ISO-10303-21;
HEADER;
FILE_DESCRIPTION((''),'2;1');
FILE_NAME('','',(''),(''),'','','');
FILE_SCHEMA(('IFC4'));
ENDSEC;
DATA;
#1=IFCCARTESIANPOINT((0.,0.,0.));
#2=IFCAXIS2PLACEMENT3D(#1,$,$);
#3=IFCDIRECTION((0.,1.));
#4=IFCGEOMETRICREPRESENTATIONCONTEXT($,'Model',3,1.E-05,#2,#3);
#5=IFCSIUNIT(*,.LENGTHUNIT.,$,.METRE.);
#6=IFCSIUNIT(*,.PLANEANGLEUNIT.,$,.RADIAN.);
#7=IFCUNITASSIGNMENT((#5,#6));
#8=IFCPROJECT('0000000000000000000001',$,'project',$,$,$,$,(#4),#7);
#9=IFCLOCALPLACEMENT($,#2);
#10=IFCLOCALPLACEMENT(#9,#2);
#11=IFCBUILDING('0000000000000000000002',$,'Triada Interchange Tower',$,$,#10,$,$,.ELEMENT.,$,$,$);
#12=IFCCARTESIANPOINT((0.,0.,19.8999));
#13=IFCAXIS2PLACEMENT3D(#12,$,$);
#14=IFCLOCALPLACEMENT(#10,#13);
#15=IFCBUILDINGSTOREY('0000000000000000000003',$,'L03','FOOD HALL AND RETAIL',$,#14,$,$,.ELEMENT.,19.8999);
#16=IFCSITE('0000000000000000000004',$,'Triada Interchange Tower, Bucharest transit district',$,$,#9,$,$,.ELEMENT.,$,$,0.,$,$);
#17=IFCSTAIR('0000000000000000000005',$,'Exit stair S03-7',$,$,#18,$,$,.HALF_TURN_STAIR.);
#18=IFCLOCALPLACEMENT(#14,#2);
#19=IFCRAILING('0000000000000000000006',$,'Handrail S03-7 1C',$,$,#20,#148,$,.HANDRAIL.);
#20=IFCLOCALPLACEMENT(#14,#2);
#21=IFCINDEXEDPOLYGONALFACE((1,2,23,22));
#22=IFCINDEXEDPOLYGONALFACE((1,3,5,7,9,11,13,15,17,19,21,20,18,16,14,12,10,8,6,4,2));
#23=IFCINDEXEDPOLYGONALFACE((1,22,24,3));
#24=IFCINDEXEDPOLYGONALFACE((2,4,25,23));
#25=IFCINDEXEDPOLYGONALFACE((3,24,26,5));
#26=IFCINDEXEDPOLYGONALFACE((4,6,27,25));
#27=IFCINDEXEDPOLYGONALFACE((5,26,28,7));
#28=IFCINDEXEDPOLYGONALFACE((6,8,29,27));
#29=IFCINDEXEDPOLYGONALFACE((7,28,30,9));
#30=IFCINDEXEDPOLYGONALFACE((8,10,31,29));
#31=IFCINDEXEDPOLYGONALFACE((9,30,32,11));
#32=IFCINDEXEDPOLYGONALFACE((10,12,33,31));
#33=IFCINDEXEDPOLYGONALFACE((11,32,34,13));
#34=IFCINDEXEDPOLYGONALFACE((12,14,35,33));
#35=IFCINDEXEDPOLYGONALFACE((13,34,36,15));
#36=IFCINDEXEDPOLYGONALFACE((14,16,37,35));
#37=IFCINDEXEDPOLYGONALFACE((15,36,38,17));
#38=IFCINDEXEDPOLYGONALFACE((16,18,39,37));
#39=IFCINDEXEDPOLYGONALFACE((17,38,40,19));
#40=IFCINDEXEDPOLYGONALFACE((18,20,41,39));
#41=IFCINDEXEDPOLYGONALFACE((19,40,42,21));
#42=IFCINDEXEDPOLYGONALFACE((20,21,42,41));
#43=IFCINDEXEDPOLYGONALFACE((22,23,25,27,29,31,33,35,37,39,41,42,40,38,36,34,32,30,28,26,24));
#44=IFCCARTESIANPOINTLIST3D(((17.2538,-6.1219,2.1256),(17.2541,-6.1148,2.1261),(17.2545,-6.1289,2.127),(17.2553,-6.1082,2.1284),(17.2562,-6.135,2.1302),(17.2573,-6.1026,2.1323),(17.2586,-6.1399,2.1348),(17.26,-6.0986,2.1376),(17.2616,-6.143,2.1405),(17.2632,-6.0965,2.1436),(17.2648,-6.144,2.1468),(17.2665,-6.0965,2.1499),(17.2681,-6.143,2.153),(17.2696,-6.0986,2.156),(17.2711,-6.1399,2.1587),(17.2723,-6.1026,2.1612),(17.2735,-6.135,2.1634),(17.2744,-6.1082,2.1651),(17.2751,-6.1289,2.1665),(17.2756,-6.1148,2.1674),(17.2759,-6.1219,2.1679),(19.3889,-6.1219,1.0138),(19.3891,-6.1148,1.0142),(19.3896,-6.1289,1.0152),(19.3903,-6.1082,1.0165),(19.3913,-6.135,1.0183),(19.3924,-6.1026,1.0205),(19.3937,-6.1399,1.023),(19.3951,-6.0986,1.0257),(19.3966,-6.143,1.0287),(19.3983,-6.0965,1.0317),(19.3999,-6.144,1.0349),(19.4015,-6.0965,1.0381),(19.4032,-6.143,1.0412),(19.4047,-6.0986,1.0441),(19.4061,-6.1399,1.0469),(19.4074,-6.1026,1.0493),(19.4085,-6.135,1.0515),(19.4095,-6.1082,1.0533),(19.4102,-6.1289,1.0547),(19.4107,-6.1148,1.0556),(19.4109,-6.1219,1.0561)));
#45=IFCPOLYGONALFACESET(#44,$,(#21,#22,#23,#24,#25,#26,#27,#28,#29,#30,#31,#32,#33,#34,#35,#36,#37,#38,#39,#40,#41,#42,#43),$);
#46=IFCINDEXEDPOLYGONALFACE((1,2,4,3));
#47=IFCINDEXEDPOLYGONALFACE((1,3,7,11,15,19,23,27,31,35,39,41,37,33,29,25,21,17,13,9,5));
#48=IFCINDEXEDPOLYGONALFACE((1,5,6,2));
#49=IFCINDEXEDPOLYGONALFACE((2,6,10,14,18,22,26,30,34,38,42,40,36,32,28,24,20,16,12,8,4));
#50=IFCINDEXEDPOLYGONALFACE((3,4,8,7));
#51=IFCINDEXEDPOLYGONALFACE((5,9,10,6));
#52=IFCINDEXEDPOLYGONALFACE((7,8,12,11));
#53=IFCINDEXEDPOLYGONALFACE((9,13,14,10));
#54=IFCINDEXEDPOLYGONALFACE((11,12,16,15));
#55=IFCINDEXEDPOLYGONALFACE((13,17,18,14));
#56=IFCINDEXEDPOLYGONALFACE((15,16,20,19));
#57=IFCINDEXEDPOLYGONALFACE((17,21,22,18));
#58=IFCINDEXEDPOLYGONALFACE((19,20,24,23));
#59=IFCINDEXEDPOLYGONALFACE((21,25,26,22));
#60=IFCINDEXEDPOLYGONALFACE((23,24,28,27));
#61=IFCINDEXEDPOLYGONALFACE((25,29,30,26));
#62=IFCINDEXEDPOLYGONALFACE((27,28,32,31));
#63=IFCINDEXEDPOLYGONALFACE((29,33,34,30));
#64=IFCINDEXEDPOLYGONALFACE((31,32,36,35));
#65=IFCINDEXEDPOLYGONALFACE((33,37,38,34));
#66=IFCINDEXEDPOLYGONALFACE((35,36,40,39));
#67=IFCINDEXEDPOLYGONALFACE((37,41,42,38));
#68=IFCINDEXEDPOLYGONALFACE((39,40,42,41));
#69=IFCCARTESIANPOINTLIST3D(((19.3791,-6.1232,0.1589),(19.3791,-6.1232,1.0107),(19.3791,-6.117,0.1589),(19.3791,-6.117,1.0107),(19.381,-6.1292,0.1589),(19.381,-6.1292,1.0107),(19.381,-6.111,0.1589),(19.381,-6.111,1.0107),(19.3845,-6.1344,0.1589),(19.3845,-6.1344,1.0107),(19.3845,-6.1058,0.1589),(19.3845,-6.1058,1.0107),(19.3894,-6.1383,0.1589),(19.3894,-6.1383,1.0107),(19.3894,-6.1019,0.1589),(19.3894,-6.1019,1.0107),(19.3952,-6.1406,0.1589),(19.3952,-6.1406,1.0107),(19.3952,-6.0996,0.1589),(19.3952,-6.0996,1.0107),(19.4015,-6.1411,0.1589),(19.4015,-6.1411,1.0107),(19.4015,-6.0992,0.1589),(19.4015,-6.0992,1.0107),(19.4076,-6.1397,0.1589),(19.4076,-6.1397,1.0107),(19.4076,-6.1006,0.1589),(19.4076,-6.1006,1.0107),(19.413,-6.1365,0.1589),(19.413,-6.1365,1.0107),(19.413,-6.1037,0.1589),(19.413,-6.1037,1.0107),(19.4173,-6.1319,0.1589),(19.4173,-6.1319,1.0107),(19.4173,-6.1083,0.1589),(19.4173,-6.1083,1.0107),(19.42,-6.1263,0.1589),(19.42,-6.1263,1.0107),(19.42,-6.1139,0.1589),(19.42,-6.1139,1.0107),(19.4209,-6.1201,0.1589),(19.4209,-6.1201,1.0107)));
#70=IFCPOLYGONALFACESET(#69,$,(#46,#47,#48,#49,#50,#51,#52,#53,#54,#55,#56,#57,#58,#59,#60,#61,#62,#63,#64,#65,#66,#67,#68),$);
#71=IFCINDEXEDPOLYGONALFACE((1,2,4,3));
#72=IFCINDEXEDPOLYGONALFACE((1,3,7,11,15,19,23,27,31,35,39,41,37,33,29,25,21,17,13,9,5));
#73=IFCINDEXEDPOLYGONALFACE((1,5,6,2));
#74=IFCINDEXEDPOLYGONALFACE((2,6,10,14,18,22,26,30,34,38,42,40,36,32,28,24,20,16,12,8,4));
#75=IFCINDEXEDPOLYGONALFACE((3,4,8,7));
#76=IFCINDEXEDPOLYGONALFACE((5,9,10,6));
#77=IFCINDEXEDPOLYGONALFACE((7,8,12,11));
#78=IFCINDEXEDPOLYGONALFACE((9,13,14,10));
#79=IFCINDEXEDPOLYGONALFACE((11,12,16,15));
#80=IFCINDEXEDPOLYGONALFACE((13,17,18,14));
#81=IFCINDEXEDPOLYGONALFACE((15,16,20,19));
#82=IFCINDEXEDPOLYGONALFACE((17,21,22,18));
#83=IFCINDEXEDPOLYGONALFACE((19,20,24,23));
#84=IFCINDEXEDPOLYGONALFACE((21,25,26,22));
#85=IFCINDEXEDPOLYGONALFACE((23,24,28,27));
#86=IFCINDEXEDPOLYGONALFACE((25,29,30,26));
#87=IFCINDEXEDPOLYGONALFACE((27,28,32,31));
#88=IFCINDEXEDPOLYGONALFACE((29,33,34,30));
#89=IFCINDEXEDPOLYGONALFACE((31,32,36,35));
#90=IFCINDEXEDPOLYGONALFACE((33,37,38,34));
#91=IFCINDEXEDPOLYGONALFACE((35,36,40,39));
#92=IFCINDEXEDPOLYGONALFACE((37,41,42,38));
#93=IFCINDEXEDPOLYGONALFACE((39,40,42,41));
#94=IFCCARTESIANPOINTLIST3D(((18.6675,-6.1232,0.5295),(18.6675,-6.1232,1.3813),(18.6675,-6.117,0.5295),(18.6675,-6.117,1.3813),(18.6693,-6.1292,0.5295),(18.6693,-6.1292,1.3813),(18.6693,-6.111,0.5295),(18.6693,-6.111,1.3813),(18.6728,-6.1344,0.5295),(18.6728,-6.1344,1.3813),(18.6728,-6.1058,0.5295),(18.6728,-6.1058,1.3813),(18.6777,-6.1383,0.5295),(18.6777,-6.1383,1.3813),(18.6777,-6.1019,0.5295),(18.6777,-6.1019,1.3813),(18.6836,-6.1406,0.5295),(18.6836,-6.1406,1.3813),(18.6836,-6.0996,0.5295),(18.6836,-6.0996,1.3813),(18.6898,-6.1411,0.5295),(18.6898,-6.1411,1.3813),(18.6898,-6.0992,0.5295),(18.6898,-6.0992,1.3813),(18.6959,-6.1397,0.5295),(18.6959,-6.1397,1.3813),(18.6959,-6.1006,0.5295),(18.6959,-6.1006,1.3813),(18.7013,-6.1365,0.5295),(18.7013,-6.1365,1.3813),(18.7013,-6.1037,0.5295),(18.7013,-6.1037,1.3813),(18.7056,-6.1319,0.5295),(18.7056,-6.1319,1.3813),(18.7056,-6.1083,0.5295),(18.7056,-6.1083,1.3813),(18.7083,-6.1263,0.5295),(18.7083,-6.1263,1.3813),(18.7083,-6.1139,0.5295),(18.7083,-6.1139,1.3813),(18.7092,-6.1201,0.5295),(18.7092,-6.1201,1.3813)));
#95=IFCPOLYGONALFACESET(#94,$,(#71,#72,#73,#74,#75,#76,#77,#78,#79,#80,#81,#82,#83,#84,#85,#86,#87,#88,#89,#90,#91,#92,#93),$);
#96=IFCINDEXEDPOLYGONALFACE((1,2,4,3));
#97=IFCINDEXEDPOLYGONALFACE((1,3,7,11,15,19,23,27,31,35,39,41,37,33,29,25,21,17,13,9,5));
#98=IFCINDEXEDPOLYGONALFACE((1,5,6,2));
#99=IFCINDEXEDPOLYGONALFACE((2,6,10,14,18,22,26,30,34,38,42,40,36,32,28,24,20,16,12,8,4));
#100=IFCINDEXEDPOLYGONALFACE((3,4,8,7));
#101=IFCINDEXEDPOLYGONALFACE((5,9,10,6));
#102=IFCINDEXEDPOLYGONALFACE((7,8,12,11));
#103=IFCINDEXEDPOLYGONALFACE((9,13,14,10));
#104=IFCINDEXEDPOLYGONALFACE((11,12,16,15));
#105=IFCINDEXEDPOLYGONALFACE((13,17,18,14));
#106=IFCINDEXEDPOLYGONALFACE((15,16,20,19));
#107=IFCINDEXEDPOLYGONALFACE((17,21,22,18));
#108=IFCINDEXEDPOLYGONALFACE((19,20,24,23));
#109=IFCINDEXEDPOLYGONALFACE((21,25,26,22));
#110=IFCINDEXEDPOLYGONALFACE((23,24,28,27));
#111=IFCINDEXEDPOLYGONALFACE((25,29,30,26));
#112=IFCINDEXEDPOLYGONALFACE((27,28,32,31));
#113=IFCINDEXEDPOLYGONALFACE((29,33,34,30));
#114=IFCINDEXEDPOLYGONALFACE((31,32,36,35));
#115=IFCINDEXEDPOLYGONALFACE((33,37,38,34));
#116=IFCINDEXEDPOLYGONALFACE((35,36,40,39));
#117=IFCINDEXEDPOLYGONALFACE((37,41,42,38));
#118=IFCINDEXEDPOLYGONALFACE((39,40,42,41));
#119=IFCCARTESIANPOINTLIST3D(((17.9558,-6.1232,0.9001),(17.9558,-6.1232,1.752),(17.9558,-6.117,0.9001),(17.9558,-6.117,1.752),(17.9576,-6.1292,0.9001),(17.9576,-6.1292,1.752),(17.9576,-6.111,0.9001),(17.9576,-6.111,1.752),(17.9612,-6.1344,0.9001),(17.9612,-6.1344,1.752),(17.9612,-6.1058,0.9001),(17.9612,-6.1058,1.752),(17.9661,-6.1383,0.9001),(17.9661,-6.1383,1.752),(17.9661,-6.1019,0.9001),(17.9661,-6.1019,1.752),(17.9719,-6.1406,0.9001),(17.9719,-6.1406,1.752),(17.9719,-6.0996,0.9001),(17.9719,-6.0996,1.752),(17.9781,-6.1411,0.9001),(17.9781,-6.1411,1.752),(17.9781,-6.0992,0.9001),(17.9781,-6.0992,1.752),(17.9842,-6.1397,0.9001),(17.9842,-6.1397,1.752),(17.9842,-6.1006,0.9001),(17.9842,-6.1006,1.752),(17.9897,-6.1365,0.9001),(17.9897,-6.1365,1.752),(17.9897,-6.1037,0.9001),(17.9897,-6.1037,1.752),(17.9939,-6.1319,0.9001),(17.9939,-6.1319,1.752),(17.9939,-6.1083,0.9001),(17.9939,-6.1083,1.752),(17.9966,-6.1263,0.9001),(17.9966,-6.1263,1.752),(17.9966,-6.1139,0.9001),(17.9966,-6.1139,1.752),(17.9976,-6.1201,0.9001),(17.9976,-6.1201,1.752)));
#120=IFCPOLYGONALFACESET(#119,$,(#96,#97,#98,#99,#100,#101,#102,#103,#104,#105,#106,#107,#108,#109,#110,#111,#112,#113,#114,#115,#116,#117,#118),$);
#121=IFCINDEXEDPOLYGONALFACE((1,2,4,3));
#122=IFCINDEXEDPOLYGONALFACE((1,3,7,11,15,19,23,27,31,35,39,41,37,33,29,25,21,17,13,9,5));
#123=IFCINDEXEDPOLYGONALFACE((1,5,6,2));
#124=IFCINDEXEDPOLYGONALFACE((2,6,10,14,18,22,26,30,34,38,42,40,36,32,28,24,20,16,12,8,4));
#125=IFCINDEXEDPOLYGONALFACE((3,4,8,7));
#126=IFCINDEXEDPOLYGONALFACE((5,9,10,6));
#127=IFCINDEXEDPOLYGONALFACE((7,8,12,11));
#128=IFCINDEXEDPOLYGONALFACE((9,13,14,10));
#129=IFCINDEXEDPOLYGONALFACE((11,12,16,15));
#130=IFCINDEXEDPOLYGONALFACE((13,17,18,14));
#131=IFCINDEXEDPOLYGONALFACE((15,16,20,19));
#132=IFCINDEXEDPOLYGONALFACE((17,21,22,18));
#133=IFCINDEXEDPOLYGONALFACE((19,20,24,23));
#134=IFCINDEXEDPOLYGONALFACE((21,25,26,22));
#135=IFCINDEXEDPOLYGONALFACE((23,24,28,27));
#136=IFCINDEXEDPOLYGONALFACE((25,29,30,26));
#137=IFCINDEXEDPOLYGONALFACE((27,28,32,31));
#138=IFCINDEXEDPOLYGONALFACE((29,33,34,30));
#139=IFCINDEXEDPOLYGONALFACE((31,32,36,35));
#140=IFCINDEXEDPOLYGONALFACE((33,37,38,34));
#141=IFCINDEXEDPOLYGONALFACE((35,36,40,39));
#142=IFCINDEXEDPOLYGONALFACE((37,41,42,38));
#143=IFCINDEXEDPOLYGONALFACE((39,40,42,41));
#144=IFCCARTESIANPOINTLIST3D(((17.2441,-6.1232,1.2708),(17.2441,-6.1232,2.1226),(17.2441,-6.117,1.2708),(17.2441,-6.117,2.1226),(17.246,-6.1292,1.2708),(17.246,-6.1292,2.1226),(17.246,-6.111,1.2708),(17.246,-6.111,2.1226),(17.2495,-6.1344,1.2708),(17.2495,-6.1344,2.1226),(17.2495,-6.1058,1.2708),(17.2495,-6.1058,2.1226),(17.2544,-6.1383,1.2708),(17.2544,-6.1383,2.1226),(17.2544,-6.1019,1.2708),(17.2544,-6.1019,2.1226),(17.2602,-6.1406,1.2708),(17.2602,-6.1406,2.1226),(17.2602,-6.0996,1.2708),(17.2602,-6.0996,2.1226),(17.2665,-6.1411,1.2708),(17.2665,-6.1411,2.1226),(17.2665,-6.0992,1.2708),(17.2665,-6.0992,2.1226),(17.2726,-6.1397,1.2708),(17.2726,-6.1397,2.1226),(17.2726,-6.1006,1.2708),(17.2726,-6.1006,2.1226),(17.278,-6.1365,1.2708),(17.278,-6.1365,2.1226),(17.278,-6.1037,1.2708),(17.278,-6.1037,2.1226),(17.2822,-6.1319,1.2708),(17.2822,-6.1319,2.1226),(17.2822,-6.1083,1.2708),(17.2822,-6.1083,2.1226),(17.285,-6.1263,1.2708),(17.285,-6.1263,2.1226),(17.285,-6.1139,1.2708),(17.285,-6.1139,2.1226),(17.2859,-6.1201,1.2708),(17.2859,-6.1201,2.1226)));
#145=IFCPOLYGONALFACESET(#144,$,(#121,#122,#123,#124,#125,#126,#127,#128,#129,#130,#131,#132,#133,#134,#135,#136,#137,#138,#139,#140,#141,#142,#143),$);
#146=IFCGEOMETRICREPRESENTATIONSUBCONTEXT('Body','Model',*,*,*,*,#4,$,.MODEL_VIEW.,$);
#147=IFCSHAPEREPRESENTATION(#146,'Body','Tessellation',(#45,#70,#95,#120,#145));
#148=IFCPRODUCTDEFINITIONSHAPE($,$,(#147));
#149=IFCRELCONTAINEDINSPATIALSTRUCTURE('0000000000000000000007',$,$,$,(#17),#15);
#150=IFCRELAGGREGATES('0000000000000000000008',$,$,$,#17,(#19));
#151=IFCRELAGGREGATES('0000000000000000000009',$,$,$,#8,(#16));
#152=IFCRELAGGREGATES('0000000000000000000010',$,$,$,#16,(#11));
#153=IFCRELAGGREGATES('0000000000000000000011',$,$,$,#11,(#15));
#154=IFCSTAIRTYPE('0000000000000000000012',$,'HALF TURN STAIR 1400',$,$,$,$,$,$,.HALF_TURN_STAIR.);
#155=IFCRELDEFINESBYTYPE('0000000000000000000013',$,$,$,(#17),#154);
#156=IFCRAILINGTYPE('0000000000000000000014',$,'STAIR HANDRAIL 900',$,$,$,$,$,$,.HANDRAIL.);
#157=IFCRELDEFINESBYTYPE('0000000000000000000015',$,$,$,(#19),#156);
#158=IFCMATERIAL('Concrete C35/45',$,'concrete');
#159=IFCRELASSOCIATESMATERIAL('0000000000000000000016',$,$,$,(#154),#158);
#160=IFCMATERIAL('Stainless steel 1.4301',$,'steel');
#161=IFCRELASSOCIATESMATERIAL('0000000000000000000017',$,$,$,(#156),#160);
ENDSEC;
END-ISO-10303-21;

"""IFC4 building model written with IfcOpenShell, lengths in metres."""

from ifc_helpers import new_model, si_unit, direction, frame, origin, origin_2d, place, context, subcontext, project, spatial, circle, extrude, material, type_object, element, aggregate, save


model = new_model("IFC4")

# Units and contexts
model_context = context("Model", 3, precision=1e-05, world=origin(), true_north=direction((0.0, 1.0)))
body_context = subcontext(model_context, "Body", "Model", "MODEL_VIEW")
ifc_project = project(units=[si_unit("LENGTHUNIT", "METRE"), si_unit("PLANEANGLEUNIT", "RADIAN")], contexts=[model_context])

# Site, building, storey
site_placement = place(None, origin())
site = spatial("IfcSite", under=ifc_project, at=site_placement, Name="Triada Interchange Tower, Bucharest transit district", CompositionType="ELEMENT", RefElevation=0.0)
building_placement = place(site_placement, origin())
building = spatial("IfcBuilding", under=site, at=building_placement, Name="Triada Interchange Tower", CompositionType="ELEMENT")
storey_placement = place(building_placement, frame((0.0, 0.0, 19.8999)))
storey = spatial("IfcBuildingStorey", under=building, at=storey_placement, Name="L03", Description="FOOD HALL AND RETAIL", CompositionType="ELEMENT", Elevation=19.8999)

# Shared definitions
ifc_material_1 = material(Name="Concrete C35/45", Category="concrete")

# Stair, railing
stair_type = type_object("IfcStairType", Name="HALF TURN STAIR 1400", PredefinedType="HALF_TURN_STAIR", material=ifc_material_1)
stair_placement = place(storey_placement, origin())
stair = element("IfcStair", 1, at=stair_placement, inside=storey, type_object=stair_type, Name="Exit stair S03-7", PredefinedType="HALF_TURN_STAIR")
ifc_material_2 = material(Name="Stainless steel 1.4301", Category="steel")
railing_type_1 = type_object("IfcRailingType", Name="STAIR HANDRAIL 900", PredefinedType="HANDRAIL", material=ifc_material_2)
railing_1_placement = place(storey_placement, frame((19.3999, -6.1201, 0.1589)))
railing_1 = element("IfcRailing", 2, at=railing_1_placement, type_object=railing_type_1, Name="Handrail S03-7 1C", PredefinedType="HANDRAIL", context=body_context, shape_type="SweptSolid", body=[
    extrude(circle(Radius=0.0239, at=origin_2d()), frame((0.0, 0.0, 0.876), z_axis=(-0.886943, 0.0, 0.46188), x_axis=(0.0, -1.0, 0.0)), (0.0, 0.0, 1.0), 2.4072),
    extrude(circle(Radius=0.021, at=origin_2d()), origin(), (0.0, 0.0, 1.0), 0.8518),
    extrude(circle(Radius=0.021, at=origin_2d()), frame((-0.7117, 0.0, 0.3706)), (0.0, 0.0, 1.0), 0.8518),
    extrude(circle(Radius=0.021, at=origin_2d()), frame((-1.4233, 0.0, 0.7412)), (0.0, 0.0, 1.0), 0.8518),
    extrude(circle(Radius=0.021, at=origin_2d()), frame((-2.135, 0.0, 1.1118)), (0.0, 0.0, 1.0), 0.8518),
])
aggregate(stair, [railing_1])

save(model, "model.ifc")
